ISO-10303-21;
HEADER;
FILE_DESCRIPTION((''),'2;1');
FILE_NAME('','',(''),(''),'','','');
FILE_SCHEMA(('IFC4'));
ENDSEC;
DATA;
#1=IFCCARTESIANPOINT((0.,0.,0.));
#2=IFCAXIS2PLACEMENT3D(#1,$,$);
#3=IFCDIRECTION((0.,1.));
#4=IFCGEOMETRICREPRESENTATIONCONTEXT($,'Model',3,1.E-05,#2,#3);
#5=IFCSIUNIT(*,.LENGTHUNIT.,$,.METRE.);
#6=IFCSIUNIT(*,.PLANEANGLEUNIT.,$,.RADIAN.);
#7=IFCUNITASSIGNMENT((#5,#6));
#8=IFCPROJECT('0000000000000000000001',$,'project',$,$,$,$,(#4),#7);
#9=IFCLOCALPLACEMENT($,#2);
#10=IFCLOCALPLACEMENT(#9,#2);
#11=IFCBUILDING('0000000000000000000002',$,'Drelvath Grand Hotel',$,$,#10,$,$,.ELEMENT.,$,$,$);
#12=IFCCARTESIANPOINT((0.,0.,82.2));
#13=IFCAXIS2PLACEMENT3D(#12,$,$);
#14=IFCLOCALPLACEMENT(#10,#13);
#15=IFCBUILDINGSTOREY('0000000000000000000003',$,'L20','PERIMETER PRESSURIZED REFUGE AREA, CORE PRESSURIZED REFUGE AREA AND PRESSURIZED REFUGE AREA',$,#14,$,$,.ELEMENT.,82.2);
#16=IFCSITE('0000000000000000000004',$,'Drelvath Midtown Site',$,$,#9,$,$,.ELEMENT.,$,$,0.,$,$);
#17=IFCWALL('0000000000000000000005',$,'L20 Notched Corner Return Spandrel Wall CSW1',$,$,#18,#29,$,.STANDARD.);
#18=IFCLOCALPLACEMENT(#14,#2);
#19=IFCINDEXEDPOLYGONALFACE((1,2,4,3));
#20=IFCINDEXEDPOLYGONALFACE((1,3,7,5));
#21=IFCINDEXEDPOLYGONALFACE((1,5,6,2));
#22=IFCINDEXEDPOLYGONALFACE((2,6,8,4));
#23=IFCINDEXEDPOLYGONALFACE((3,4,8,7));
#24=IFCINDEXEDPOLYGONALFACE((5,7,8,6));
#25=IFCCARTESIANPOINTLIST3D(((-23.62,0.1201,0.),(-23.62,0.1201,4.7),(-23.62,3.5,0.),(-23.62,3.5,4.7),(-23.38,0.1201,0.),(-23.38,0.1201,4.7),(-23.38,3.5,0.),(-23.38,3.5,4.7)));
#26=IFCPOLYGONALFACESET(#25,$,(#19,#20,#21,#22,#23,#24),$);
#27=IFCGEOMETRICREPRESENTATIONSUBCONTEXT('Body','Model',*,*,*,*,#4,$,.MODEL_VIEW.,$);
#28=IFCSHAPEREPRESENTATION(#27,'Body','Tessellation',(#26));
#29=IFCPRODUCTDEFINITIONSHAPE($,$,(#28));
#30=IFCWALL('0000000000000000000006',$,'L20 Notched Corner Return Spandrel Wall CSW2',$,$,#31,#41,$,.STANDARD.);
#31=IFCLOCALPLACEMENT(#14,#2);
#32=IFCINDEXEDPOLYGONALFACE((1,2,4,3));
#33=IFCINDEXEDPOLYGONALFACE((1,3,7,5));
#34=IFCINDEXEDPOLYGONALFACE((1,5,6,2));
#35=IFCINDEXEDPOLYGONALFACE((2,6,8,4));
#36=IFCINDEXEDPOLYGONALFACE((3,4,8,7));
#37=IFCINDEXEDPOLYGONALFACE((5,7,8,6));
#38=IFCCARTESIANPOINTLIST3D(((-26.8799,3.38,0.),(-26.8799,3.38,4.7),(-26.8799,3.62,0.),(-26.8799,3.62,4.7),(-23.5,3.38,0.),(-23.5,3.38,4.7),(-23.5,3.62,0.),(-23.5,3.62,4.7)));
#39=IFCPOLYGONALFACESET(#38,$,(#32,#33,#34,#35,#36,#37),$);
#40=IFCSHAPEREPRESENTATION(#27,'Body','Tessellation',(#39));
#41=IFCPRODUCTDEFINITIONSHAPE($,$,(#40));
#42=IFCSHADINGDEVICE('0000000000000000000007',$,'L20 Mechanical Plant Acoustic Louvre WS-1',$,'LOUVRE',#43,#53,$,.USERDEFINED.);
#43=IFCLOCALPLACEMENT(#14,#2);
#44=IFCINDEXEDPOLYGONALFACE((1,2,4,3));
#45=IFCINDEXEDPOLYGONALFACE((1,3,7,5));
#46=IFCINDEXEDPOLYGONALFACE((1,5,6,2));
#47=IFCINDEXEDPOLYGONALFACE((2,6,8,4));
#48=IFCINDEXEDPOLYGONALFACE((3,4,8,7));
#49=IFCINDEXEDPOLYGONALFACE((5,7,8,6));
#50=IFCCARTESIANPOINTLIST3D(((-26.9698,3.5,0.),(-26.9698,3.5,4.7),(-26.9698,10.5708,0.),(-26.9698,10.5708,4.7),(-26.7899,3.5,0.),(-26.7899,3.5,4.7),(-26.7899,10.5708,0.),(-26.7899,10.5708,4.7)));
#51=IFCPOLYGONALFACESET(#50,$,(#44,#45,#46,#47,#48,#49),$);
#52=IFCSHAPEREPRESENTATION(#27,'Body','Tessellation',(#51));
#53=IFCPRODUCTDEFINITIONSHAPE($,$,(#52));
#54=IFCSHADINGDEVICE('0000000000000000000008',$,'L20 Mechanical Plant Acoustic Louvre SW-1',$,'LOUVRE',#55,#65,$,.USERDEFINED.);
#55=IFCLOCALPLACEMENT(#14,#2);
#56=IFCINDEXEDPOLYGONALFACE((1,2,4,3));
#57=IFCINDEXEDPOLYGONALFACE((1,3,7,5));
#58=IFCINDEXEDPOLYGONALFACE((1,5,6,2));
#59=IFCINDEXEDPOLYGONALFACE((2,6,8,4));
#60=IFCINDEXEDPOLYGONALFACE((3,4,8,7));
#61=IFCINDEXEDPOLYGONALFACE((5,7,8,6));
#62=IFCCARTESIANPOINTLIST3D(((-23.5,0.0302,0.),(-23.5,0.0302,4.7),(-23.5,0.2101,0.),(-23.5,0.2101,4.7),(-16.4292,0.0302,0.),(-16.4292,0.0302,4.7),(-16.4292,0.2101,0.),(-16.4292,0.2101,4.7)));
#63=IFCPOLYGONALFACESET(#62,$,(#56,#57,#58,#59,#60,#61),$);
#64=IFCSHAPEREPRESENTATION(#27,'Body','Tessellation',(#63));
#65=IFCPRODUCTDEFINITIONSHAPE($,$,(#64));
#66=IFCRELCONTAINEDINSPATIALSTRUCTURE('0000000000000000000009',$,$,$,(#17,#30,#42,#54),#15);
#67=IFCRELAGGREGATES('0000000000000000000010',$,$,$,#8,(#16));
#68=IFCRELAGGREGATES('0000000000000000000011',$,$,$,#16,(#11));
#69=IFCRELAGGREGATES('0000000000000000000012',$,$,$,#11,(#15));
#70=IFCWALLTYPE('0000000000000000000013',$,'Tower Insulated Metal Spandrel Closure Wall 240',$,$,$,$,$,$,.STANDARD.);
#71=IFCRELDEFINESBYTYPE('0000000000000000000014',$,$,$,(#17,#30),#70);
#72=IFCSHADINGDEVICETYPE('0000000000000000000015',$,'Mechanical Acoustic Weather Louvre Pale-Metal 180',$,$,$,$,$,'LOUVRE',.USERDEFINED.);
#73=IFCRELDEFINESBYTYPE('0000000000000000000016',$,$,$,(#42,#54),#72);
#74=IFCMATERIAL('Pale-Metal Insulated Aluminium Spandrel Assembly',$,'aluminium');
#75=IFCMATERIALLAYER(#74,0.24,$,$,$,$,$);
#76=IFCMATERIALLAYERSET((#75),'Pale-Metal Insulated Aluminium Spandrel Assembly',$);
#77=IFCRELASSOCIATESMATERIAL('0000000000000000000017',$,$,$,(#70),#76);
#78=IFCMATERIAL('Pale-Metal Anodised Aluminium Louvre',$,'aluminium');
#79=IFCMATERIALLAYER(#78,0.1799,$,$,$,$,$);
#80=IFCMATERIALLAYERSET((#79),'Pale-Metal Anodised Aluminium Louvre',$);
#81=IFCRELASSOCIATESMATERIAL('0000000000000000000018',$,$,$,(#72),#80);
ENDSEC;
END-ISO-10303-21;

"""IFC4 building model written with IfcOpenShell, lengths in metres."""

from ifc_helpers import new_model, si_unit, direction, frame, frame_2d, origin, origin_2d, place, context, subcontext, project, spatial, rectangle, extrude, material, layer, layer_set, type_object, element, save


model = new_model("IFC4")

# Units and contexts
model_context = context("Model", 3, precision=1e-05, world=origin(), true_north=direction((0.0, 1.0)))
body_context = subcontext(model_context, "Body", "Model", "MODEL_VIEW")
ifc_project = project(units=[si_unit("LENGTHUNIT", "METRE"), si_unit("PLANEANGLEUNIT", "RADIAN")], contexts=[model_context])

# Site, building, storey
site_placement = place(None, origin())
site = spatial("IfcSite", under=ifc_project, at=site_placement, Name="Drelvath Midtown Site", CompositionType="ELEMENT", RefElevation=0.0)
building_placement = place(site_placement, origin())
building = spatial("IfcBuilding", under=site, at=building_placement, Name="Drelvath Grand Hotel", CompositionType="ELEMENT")
storey_placement = place(building_placement, frame((0.0, 0.0, 82.2)))
storey = spatial("IfcBuildingStorey", under=building, at=storey_placement, Name="L20", Description="PERIMETER PRESSURIZED REFUGE AREA, CORE PRESSURIZED REFUGE AREA AND PRESSURIZED REFUGE AREA", CompositionType="ELEMENT", Elevation=82.2)

# Walls
ifc_material_1 = material(Name="Pale-Metal Insulated Aluminium Spandrel Assembly", Category="aluminium")
ifc_layer_1 = layer(ifc_material_1, 0.24)
ifc_layer_set_1 = layer_set([ifc_layer_1], Name="Pale-Metal Insulated Aluminium Spandrel Assembly")
wall_type_1 = type_object("IfcWallType", Name="Tower Insulated Metal Spandrel Closure Wall 240", PredefinedType="STANDARD", material=ifc_layer_set_1)
for number, where, z_axis, x_axis, name in (
    (1, (-23.5, 0.1201, 0.0), (0.0, 0.0, 1.0), (0.0, 1.0, 0.0), "L20 Notched Corner Return Spandrel Wall CSW1"),
    (2, (-23.5, 3.5, 0.0), (0.0, 0.0, 1.0), (-1.0, 0.0, 0.0), "L20 Notched Corner Return Spandrel Wall CSW2"),
):
    element("IfcWall", number, at=place(storey_placement, frame(where, z_axis=z_axis, x_axis=x_axis)), inside=storey, type_object=wall_type_1, Name=name, PredefinedType="STANDARD", context=body_context, shape_type="SweptSolid", body=[
        extrude(rectangle(XDim=3.3799, YDim=0.24, at=frame_2d((1.6899, 0.0))), origin(), (0.0, 0.0, 1.0), 4.7),
    ])

# Shading devices
ifc_material_2 = material(Name="Pale-Metal Anodised Aluminium Louvre", Category="aluminium")
ifc_layer_2 = layer(ifc_material_2, 0.1799)
ifc_layer_set_2 = layer_set([ifc_layer_2], Name="Pale-Metal Anodised Aluminium Louvre")
shading_device_type = type_object("IfcShadingDeviceType", Name="Mechanical Acoustic Weather Louvre Pale-Metal 180", ElementType="LOUVRE", PredefinedType="USERDEFINED", material=ifc_layer_set_2)
for number, where, z_axis, x_axis, name in (
    (3, (-26.8799, 7.0354, 0.0), (0.0, 0.0, 1.0), (0.0, 1.0, 0.0), "L20 Mechanical Plant Acoustic Louvre WS-1"),
    (4, (-19.9646, 0.1201, 0.0), (0.0, 0.0, 1.0), (1.0, 0.0, 0.0), "L20 Mechanical Plant Acoustic Louvre SW-1"),
):
    element("IfcShadingDevice", number, at=place(storey_placement, frame(where, z_axis=z_axis, x_axis=x_axis)), inside=storey, type_object=shading_device_type, Name=name, ObjectType="LOUVRE", PredefinedType="USERDEFINED", context=body_context, shape_type="SweptSolid", body=[
        extrude(rectangle(XDim=7.0708, YDim=0.1799, at=origin_2d()), origin(), (0.0, 0.0, 1.0), 4.7),
    ])

save(model, "model.ifc")
